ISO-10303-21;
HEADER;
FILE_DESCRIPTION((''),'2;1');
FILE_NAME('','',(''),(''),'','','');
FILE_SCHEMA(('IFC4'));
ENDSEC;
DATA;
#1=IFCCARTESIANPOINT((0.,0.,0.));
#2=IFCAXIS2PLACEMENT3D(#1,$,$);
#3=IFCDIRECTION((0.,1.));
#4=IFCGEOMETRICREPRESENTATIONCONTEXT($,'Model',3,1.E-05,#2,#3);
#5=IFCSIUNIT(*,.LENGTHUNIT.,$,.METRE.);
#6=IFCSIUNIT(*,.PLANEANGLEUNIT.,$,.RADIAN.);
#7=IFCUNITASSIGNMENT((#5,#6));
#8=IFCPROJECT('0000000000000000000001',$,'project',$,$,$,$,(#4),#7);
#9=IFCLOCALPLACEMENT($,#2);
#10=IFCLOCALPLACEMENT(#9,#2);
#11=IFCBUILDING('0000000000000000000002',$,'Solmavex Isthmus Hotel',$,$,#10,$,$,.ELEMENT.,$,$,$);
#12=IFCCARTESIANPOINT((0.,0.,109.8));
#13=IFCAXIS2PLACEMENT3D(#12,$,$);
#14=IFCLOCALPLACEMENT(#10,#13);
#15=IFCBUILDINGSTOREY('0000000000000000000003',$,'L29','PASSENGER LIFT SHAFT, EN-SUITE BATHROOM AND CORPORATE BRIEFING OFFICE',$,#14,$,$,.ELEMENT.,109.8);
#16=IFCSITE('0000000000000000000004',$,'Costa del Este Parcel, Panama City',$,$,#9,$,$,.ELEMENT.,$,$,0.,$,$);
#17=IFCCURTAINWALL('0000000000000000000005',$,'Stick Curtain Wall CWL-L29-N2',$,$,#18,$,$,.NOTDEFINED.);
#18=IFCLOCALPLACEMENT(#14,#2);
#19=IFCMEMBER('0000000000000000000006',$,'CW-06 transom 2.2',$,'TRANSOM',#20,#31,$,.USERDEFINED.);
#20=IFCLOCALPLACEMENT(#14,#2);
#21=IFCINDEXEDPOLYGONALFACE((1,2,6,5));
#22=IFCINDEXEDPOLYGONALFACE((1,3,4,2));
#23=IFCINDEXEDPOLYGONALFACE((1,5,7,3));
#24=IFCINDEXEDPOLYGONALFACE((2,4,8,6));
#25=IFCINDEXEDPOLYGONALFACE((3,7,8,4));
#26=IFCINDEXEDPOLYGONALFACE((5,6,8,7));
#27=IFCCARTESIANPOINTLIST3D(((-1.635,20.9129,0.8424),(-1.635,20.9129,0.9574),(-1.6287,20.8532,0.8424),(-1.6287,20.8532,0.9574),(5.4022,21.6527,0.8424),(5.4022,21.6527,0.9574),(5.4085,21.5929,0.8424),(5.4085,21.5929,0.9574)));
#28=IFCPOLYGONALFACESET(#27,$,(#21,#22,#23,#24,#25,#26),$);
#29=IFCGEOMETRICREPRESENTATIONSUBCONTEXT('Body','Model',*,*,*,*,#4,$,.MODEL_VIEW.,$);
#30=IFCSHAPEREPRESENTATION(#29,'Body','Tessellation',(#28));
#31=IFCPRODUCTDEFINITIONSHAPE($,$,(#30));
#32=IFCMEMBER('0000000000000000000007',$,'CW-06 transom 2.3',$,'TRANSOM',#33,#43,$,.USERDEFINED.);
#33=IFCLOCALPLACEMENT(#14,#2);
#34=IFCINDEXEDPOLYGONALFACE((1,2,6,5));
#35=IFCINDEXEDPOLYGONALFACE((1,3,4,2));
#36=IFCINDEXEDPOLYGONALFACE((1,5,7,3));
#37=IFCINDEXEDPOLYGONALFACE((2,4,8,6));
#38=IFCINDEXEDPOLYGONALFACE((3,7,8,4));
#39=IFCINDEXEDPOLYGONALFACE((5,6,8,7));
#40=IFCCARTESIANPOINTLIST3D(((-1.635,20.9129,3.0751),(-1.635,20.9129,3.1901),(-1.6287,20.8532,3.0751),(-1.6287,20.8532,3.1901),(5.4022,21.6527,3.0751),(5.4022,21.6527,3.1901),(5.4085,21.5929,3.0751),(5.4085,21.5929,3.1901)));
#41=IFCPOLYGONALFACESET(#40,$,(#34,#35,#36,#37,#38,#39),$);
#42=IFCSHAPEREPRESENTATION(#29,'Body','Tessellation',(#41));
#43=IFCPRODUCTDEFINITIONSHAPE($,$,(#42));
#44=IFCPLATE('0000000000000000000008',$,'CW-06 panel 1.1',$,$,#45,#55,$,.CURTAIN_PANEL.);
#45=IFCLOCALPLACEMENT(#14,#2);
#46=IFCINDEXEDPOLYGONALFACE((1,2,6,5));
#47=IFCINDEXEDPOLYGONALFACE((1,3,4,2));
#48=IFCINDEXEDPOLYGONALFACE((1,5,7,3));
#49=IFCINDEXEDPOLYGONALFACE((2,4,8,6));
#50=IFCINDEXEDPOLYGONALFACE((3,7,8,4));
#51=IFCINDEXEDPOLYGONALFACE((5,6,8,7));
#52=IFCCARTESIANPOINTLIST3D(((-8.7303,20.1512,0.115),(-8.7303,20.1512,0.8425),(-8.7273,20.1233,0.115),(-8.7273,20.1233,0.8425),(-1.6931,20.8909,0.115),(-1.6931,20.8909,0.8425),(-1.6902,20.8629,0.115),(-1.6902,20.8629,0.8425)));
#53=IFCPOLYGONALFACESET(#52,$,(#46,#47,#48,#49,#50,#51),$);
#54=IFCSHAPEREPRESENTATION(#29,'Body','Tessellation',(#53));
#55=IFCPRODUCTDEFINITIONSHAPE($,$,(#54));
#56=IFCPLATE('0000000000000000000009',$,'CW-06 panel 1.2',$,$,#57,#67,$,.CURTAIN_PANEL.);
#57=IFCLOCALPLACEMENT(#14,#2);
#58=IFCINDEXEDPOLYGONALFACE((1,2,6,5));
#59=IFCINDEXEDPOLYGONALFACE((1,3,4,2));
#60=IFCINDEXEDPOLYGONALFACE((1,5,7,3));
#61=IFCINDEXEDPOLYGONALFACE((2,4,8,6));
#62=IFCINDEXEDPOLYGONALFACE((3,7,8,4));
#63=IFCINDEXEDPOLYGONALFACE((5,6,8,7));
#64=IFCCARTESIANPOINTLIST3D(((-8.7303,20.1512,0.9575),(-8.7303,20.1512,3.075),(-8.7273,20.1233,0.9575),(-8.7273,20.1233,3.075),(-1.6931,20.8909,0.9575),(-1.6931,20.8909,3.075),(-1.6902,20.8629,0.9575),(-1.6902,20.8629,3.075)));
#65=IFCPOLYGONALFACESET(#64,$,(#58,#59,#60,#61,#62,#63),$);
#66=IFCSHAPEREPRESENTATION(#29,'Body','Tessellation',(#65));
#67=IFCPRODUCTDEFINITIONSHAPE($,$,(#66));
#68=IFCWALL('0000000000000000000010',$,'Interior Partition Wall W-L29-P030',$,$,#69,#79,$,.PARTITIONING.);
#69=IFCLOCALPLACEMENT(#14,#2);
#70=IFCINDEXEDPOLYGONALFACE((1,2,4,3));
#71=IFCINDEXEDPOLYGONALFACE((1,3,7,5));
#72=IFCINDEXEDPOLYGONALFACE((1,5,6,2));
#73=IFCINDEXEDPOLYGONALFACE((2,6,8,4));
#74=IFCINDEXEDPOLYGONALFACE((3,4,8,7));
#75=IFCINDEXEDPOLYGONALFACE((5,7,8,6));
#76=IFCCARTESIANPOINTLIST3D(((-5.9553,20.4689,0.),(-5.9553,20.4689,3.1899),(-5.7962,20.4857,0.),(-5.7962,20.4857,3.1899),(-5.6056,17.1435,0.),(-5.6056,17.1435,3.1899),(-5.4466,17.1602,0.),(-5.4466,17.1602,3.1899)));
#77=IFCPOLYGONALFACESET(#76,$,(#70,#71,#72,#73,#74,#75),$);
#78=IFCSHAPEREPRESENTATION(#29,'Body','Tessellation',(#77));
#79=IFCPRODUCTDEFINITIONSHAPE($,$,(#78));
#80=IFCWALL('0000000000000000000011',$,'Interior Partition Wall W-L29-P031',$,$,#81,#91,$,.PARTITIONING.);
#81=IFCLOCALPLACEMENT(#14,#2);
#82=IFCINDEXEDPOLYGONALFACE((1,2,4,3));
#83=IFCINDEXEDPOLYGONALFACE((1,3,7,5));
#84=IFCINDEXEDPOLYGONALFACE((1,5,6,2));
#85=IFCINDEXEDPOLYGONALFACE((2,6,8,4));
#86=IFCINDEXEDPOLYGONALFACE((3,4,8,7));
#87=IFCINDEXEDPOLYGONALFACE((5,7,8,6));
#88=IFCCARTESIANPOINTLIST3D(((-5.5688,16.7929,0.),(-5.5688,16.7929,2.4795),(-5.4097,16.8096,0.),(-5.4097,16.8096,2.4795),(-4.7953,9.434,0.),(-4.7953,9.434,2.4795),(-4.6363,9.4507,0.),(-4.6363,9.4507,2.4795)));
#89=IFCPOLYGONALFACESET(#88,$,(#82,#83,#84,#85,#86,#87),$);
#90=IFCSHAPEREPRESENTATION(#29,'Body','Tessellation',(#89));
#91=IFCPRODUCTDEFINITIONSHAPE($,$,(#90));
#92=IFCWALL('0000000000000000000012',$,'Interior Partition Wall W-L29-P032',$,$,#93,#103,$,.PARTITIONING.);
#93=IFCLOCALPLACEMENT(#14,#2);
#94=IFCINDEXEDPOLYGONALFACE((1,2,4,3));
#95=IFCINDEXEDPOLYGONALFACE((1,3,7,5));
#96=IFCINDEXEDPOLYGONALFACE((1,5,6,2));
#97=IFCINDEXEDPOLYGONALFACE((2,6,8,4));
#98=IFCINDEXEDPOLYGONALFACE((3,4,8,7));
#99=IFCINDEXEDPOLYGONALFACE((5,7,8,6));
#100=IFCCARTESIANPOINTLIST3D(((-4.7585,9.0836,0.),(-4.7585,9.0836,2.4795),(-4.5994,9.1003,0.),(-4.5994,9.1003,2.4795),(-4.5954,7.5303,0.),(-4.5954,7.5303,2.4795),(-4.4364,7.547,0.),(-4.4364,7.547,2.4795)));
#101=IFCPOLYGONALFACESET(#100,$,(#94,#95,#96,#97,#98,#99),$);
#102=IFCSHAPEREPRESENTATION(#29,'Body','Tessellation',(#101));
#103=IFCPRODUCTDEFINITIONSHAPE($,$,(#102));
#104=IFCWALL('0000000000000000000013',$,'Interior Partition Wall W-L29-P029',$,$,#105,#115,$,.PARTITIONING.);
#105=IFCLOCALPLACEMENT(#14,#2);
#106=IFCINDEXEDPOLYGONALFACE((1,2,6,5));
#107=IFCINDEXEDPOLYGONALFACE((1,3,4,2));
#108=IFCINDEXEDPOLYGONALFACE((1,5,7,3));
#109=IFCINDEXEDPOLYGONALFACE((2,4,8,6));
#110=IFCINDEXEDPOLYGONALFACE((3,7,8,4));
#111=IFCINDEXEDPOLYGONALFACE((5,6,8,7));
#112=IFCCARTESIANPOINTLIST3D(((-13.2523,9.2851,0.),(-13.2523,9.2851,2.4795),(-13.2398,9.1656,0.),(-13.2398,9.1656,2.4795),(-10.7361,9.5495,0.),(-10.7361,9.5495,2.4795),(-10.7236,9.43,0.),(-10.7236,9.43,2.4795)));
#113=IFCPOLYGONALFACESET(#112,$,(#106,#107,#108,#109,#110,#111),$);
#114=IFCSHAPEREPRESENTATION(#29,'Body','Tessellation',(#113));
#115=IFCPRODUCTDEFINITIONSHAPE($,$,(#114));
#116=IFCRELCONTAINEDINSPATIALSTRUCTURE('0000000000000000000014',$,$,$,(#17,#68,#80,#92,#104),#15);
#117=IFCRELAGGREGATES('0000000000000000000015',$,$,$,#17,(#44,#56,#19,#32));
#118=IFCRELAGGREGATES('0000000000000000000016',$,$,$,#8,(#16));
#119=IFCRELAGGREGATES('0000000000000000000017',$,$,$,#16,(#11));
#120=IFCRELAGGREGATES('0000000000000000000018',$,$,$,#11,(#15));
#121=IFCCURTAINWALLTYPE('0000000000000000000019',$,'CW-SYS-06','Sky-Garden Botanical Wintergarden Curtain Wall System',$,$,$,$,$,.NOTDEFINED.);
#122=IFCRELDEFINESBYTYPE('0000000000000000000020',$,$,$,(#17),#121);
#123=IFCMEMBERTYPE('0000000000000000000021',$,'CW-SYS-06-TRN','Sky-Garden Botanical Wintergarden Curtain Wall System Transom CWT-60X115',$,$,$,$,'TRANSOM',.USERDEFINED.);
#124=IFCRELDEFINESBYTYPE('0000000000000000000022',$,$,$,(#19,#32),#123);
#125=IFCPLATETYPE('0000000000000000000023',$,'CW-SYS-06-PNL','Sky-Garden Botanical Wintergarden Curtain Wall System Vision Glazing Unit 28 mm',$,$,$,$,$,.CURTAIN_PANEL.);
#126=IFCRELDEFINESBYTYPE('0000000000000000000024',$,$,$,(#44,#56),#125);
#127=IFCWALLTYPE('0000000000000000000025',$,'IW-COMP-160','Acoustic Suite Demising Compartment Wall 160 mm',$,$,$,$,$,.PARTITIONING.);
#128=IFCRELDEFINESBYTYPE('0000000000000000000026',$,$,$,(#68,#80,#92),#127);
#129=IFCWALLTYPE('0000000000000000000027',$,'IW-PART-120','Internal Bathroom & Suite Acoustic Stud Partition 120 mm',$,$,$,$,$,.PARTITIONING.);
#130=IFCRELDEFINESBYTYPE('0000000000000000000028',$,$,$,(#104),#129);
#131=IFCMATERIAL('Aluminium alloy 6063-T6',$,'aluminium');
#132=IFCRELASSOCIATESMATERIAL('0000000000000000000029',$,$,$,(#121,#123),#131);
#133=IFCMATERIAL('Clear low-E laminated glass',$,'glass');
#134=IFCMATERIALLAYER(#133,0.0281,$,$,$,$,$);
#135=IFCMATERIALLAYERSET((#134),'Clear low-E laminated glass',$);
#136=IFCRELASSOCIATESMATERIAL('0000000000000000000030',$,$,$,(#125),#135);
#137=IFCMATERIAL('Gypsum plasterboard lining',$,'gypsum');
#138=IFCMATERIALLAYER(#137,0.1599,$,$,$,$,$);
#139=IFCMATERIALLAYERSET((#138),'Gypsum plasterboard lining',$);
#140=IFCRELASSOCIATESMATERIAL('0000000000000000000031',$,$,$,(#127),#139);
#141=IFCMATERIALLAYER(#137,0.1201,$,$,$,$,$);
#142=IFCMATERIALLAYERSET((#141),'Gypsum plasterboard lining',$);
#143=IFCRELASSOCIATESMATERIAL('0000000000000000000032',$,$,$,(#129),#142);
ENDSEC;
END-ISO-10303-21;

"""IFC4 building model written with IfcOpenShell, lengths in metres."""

from ifc_helpers import new_model, si_unit, direction, frame, frame_2d, origin, origin_2d, place, context, subcontext, project, spatial, rectangle, extrude, material, layer, layer_set, material_profile, profile_set, type_object, element, aggregate, save


model = new_model("IFC4")

# Units and contexts
model_context = context("Model", 3, precision=1e-05, world=origin(), true_north=direction((0.0, 1.0)))
body_context = subcontext(model_context, "Body", "Model", "MODEL_VIEW")
ifc_project = project(units=[si_unit("LENGTHUNIT", "METRE"), si_unit("PLANEANGLEUNIT", "RADIAN")], contexts=[model_context])

# Site, building, storey
site_placement = place(None, origin())
site = spatial("IfcSite", under=ifc_project, at=site_placement, Name="Costa del Este Parcel, Panama City", CompositionType="ELEMENT", RefElevation=0.0)
building_placement = place(site_placement, origin())
building = spatial("IfcBuilding", under=site, at=building_placement, Name="Solmavex Isthmus Hotel", CompositionType="ELEMENT")
storey_placement = place(building_placement, frame((0.0, 0.0, 109.8)))
storey = spatial("IfcBuildingStorey", under=building, at=storey_placement, Name="L29", Description="PASSENGER LIFT SHAFT, EN-SUITE BATHROOM AND CORPORATE BRIEFING OFFICE", CompositionType="ELEMENT", Elevation=109.8)

# Shared definitions
ifc_material_1 = material(Name="Aluminium alloy 6063-T6", Category="aluminium")
curtain_wall_type = type_object("IfcCurtainWallType", Name="CW-SYS-06", Description="Sky-Garden Botanical Wintergarden Curtain Wall System", PredefinedType="NOTDEFINED", material=ifc_material_1)

# Curtain wall, members, plates
curtain_wall_1_placement = place(storey_placement, origin())
curtain_wall_1 = element("IfcCurtainWall", 1, at=curtain_wall_1_placement, inside=storey, type_object=curtain_wall_type, Name="Stick Curtain Wall CWL-L29-N2", PredefinedType="NOTDEFINED")
ifc_material_profile_1 = material_profile(ifc_material_1, rectangle(XDim=0.0601, YDim=0.115, at=origin_2d()), Name="CWT-60X115")
ifc_profile_set_1 = profile_set([ifc_material_profile_1], Name="Aluminium alloy 6063-T6")
member_type_1 = type_object("IfcMemberType", Name="CW-SYS-06-TRN", Description="Sky-Garden Botanical Wintergarden Curtain Wall System Transom CWT-60X115", ElementType="TRANSOM", PredefinedType="USERDEFINED", material=ifc_profile_set_1)
member_1_placement = place(storey_placement, frame((-1.6318, 20.8831, 0.8999), z_axis=(0.99452, 0.104545, 0.0), x_axis=(-0.104545, 0.99452, 0.0)))
member_1 = element("IfcMember", 2, at=member_1_placement, type_object=member_type_1, Name="CW-06 transom 2.2", ObjectType="TRANSOM", PredefinedType="USERDEFINED", context=body_context, shape_type="SweptSolid", body=[
    extrude(rectangle(XDim=0.0601, YDim=0.115, at=origin_2d()), origin(), (0.0, 0.0, 1.0), 7.0759),
])
member_2_placement = place(storey_placement, frame((-1.6318, 20.8831, 3.1326), z_axis=(0.99452, 0.104545, 0.0), x_axis=(-0.104545, 0.99452, 0.0)))
member_2 = element("IfcMember", 3, at=member_2_placement, type_object=member_type_1, Name="CW-06 transom 2.3", ObjectType="TRANSOM", PredefinedType="USERDEFINED", context=body_context, shape_type="SweptSolid", body=[
    extrude(rectangle(XDim=0.0601, YDim=0.115, at=origin_2d()), origin(), (0.0, 0.0, 1.0), 7.0759),
])
ifc_material_2 = material(Name="Clear low-E laminated glass", Category="glass")
ifc_layer_1 = layer(ifc_material_2, 0.0281)
ifc_layer_set_1 = layer_set([ifc_layer_1], Name="Clear low-E laminated glass")
plate_type = type_object("IfcPlateType", Name="CW-SYS-06-PNL", Description="Sky-Garden Botanical Wintergarden Curtain Wall System Vision Glazing Unit 28 mm", PredefinedType="CURTAIN_PANEL", material=ifc_layer_set_1)
plate_1_placement = place(storey_placement, frame((-5.2102, 20.5071, 0.115), z_axis=(0.0, 0.0, 1.0), x_axis=(0.994522, 0.104528, 0.0)))
plate_1 = element("IfcPlate", 4, at=plate_1_placement, type_object=plate_type, Name="CW-06 panel 1.1", PredefinedType="CURTAIN_PANEL", context=body_context, shape_type="SweptSolid", body=[
    extrude(rectangle(XDim=7.0759, YDim=0.0281, at=origin_2d()), origin(), (0.0, 0.0, 1.0), 0.7275),
])
plate_2_placement = place(storey_placement, frame((-5.2102, 20.5071, 0.9575), z_axis=(0.0, 0.0, 1.0), x_axis=(0.994522, 0.104528, 0.0)))
plate_2 = element("IfcPlate", 5, at=plate_2_placement, type_object=plate_type, Name="CW-06 panel 1.2", PredefinedType="CURTAIN_PANEL", context=body_context, shape_type="SweptSolid", body=[
    extrude(rectangle(XDim=7.0759, YDim=0.0281, at=origin_2d()), origin(), (0.0, 0.0, 1.0), 2.1174),
])
aggregate(curtain_wall_1, [plate_1, plate_2, member_1, member_2])

# Walls
ifc_material_3 = material(Name="Gypsum plasterboard lining", Category="gypsum")
ifc_layer_2 = layer(ifc_material_3, 0.1599)
ifc_layer_set_2 = layer_set([ifc_layer_2], Name="Gypsum plasterboard lining")
wall_type_1 = type_object("IfcWallType", Name="IW-COMP-160", Description="Acoustic Suite Demising Compartment Wall 160 mm", PredefinedType="PARTITIONING", material=ifc_layer_set_2)
wall_1_placement = place(storey_placement, frame((-5.8757, 20.4773, 0.0), z_axis=(0.0, 0.0, 1.0), x_axis=(0.104556, -0.994519, 0.0)))
element("IfcWall", 6, at=wall_1_placement, inside=storey, type_object=wall_type_1, Name="Interior Partition Wall W-L29-P030", PredefinedType="PARTITIONING", context=body_context, shape_type="SweptSolid", body=[
    extrude(rectangle(XDim=3.3438, YDim=0.1599, at=frame_2d((1.6719, 0.0))), origin(), (0.0, 0.0, 1.0), 3.1899),
])
wall_2_placement = place(storey_placement, frame((-5.4893, 16.8013, 0.0), z_axis=(0.0, 0.0, 1.0), x_axis=(0.104527, -0.994522, 0.0)))
element("IfcWall", 7, at=wall_2_placement, inside=storey, type_object=wall_type_1, Name="Interior Partition Wall W-L29-P031", PredefinedType="PARTITIONING", context=body_context, shape_type="SweptSolid", body=[
    extrude(rectangle(XDim=7.3994, YDim=0.1599, at=frame_2d((3.6997, 0.0))), origin(), (0.0, 0.0, 1.0), 2.4795),
])
wall_3_placement = place(storey_placement, frame((-4.679, 9.0918, 0.0), z_axis=(0.0, 0.0, 1.0), x_axis=(0.104424, -0.994533, 0.0)))
element("IfcWall", 8, at=wall_3_placement, inside=storey, type_object=wall_type_1, Name="Interior Partition Wall W-L29-P032", PredefinedType="PARTITIONING", context=body_context, shape_type="SweptSolid", body=[
    extrude(rectangle(XDim=1.5618, YDim=0.1599, at=frame_2d((0.7808, 0.0))), origin(), (0.0, 0.0, 1.0), 2.4795),
])
ifc_layer_3 = layer(ifc_material_3, 0.1201)
ifc_layer_set_3 = layer_set([ifc_layer_3], Name="Gypsum plasterboard lining")
wall_type_2 = type_object("IfcWallType", Name="IW-PART-120", Description="Internal Bathroom & Suite Acoustic Stud Partition 120 mm", PredefinedType="PARTITIONING", material=ifc_layer_set_3)
wall_4_placement = place(storey_placement, frame((-10.7297, 9.4897, 0.0), z_axis=(0.0, 0.0, 1.0), x_axis=(-0.994524, -0.104509, 0.0)))
element("IfcWall", 9, at=wall_4_placement, inside=storey, type_object=wall_type_2, Name="Interior Partition Wall W-L29-P029", PredefinedType="PARTITIONING", context=body_context, shape_type="SweptSolid", body=[
    extrude(rectangle(XDim=2.53, YDim=0.1201, at=frame_2d((1.2651, 0.0))), origin(), (0.0, 0.0, 1.0), 2.4795),
])

save(model, "model.ifc")
